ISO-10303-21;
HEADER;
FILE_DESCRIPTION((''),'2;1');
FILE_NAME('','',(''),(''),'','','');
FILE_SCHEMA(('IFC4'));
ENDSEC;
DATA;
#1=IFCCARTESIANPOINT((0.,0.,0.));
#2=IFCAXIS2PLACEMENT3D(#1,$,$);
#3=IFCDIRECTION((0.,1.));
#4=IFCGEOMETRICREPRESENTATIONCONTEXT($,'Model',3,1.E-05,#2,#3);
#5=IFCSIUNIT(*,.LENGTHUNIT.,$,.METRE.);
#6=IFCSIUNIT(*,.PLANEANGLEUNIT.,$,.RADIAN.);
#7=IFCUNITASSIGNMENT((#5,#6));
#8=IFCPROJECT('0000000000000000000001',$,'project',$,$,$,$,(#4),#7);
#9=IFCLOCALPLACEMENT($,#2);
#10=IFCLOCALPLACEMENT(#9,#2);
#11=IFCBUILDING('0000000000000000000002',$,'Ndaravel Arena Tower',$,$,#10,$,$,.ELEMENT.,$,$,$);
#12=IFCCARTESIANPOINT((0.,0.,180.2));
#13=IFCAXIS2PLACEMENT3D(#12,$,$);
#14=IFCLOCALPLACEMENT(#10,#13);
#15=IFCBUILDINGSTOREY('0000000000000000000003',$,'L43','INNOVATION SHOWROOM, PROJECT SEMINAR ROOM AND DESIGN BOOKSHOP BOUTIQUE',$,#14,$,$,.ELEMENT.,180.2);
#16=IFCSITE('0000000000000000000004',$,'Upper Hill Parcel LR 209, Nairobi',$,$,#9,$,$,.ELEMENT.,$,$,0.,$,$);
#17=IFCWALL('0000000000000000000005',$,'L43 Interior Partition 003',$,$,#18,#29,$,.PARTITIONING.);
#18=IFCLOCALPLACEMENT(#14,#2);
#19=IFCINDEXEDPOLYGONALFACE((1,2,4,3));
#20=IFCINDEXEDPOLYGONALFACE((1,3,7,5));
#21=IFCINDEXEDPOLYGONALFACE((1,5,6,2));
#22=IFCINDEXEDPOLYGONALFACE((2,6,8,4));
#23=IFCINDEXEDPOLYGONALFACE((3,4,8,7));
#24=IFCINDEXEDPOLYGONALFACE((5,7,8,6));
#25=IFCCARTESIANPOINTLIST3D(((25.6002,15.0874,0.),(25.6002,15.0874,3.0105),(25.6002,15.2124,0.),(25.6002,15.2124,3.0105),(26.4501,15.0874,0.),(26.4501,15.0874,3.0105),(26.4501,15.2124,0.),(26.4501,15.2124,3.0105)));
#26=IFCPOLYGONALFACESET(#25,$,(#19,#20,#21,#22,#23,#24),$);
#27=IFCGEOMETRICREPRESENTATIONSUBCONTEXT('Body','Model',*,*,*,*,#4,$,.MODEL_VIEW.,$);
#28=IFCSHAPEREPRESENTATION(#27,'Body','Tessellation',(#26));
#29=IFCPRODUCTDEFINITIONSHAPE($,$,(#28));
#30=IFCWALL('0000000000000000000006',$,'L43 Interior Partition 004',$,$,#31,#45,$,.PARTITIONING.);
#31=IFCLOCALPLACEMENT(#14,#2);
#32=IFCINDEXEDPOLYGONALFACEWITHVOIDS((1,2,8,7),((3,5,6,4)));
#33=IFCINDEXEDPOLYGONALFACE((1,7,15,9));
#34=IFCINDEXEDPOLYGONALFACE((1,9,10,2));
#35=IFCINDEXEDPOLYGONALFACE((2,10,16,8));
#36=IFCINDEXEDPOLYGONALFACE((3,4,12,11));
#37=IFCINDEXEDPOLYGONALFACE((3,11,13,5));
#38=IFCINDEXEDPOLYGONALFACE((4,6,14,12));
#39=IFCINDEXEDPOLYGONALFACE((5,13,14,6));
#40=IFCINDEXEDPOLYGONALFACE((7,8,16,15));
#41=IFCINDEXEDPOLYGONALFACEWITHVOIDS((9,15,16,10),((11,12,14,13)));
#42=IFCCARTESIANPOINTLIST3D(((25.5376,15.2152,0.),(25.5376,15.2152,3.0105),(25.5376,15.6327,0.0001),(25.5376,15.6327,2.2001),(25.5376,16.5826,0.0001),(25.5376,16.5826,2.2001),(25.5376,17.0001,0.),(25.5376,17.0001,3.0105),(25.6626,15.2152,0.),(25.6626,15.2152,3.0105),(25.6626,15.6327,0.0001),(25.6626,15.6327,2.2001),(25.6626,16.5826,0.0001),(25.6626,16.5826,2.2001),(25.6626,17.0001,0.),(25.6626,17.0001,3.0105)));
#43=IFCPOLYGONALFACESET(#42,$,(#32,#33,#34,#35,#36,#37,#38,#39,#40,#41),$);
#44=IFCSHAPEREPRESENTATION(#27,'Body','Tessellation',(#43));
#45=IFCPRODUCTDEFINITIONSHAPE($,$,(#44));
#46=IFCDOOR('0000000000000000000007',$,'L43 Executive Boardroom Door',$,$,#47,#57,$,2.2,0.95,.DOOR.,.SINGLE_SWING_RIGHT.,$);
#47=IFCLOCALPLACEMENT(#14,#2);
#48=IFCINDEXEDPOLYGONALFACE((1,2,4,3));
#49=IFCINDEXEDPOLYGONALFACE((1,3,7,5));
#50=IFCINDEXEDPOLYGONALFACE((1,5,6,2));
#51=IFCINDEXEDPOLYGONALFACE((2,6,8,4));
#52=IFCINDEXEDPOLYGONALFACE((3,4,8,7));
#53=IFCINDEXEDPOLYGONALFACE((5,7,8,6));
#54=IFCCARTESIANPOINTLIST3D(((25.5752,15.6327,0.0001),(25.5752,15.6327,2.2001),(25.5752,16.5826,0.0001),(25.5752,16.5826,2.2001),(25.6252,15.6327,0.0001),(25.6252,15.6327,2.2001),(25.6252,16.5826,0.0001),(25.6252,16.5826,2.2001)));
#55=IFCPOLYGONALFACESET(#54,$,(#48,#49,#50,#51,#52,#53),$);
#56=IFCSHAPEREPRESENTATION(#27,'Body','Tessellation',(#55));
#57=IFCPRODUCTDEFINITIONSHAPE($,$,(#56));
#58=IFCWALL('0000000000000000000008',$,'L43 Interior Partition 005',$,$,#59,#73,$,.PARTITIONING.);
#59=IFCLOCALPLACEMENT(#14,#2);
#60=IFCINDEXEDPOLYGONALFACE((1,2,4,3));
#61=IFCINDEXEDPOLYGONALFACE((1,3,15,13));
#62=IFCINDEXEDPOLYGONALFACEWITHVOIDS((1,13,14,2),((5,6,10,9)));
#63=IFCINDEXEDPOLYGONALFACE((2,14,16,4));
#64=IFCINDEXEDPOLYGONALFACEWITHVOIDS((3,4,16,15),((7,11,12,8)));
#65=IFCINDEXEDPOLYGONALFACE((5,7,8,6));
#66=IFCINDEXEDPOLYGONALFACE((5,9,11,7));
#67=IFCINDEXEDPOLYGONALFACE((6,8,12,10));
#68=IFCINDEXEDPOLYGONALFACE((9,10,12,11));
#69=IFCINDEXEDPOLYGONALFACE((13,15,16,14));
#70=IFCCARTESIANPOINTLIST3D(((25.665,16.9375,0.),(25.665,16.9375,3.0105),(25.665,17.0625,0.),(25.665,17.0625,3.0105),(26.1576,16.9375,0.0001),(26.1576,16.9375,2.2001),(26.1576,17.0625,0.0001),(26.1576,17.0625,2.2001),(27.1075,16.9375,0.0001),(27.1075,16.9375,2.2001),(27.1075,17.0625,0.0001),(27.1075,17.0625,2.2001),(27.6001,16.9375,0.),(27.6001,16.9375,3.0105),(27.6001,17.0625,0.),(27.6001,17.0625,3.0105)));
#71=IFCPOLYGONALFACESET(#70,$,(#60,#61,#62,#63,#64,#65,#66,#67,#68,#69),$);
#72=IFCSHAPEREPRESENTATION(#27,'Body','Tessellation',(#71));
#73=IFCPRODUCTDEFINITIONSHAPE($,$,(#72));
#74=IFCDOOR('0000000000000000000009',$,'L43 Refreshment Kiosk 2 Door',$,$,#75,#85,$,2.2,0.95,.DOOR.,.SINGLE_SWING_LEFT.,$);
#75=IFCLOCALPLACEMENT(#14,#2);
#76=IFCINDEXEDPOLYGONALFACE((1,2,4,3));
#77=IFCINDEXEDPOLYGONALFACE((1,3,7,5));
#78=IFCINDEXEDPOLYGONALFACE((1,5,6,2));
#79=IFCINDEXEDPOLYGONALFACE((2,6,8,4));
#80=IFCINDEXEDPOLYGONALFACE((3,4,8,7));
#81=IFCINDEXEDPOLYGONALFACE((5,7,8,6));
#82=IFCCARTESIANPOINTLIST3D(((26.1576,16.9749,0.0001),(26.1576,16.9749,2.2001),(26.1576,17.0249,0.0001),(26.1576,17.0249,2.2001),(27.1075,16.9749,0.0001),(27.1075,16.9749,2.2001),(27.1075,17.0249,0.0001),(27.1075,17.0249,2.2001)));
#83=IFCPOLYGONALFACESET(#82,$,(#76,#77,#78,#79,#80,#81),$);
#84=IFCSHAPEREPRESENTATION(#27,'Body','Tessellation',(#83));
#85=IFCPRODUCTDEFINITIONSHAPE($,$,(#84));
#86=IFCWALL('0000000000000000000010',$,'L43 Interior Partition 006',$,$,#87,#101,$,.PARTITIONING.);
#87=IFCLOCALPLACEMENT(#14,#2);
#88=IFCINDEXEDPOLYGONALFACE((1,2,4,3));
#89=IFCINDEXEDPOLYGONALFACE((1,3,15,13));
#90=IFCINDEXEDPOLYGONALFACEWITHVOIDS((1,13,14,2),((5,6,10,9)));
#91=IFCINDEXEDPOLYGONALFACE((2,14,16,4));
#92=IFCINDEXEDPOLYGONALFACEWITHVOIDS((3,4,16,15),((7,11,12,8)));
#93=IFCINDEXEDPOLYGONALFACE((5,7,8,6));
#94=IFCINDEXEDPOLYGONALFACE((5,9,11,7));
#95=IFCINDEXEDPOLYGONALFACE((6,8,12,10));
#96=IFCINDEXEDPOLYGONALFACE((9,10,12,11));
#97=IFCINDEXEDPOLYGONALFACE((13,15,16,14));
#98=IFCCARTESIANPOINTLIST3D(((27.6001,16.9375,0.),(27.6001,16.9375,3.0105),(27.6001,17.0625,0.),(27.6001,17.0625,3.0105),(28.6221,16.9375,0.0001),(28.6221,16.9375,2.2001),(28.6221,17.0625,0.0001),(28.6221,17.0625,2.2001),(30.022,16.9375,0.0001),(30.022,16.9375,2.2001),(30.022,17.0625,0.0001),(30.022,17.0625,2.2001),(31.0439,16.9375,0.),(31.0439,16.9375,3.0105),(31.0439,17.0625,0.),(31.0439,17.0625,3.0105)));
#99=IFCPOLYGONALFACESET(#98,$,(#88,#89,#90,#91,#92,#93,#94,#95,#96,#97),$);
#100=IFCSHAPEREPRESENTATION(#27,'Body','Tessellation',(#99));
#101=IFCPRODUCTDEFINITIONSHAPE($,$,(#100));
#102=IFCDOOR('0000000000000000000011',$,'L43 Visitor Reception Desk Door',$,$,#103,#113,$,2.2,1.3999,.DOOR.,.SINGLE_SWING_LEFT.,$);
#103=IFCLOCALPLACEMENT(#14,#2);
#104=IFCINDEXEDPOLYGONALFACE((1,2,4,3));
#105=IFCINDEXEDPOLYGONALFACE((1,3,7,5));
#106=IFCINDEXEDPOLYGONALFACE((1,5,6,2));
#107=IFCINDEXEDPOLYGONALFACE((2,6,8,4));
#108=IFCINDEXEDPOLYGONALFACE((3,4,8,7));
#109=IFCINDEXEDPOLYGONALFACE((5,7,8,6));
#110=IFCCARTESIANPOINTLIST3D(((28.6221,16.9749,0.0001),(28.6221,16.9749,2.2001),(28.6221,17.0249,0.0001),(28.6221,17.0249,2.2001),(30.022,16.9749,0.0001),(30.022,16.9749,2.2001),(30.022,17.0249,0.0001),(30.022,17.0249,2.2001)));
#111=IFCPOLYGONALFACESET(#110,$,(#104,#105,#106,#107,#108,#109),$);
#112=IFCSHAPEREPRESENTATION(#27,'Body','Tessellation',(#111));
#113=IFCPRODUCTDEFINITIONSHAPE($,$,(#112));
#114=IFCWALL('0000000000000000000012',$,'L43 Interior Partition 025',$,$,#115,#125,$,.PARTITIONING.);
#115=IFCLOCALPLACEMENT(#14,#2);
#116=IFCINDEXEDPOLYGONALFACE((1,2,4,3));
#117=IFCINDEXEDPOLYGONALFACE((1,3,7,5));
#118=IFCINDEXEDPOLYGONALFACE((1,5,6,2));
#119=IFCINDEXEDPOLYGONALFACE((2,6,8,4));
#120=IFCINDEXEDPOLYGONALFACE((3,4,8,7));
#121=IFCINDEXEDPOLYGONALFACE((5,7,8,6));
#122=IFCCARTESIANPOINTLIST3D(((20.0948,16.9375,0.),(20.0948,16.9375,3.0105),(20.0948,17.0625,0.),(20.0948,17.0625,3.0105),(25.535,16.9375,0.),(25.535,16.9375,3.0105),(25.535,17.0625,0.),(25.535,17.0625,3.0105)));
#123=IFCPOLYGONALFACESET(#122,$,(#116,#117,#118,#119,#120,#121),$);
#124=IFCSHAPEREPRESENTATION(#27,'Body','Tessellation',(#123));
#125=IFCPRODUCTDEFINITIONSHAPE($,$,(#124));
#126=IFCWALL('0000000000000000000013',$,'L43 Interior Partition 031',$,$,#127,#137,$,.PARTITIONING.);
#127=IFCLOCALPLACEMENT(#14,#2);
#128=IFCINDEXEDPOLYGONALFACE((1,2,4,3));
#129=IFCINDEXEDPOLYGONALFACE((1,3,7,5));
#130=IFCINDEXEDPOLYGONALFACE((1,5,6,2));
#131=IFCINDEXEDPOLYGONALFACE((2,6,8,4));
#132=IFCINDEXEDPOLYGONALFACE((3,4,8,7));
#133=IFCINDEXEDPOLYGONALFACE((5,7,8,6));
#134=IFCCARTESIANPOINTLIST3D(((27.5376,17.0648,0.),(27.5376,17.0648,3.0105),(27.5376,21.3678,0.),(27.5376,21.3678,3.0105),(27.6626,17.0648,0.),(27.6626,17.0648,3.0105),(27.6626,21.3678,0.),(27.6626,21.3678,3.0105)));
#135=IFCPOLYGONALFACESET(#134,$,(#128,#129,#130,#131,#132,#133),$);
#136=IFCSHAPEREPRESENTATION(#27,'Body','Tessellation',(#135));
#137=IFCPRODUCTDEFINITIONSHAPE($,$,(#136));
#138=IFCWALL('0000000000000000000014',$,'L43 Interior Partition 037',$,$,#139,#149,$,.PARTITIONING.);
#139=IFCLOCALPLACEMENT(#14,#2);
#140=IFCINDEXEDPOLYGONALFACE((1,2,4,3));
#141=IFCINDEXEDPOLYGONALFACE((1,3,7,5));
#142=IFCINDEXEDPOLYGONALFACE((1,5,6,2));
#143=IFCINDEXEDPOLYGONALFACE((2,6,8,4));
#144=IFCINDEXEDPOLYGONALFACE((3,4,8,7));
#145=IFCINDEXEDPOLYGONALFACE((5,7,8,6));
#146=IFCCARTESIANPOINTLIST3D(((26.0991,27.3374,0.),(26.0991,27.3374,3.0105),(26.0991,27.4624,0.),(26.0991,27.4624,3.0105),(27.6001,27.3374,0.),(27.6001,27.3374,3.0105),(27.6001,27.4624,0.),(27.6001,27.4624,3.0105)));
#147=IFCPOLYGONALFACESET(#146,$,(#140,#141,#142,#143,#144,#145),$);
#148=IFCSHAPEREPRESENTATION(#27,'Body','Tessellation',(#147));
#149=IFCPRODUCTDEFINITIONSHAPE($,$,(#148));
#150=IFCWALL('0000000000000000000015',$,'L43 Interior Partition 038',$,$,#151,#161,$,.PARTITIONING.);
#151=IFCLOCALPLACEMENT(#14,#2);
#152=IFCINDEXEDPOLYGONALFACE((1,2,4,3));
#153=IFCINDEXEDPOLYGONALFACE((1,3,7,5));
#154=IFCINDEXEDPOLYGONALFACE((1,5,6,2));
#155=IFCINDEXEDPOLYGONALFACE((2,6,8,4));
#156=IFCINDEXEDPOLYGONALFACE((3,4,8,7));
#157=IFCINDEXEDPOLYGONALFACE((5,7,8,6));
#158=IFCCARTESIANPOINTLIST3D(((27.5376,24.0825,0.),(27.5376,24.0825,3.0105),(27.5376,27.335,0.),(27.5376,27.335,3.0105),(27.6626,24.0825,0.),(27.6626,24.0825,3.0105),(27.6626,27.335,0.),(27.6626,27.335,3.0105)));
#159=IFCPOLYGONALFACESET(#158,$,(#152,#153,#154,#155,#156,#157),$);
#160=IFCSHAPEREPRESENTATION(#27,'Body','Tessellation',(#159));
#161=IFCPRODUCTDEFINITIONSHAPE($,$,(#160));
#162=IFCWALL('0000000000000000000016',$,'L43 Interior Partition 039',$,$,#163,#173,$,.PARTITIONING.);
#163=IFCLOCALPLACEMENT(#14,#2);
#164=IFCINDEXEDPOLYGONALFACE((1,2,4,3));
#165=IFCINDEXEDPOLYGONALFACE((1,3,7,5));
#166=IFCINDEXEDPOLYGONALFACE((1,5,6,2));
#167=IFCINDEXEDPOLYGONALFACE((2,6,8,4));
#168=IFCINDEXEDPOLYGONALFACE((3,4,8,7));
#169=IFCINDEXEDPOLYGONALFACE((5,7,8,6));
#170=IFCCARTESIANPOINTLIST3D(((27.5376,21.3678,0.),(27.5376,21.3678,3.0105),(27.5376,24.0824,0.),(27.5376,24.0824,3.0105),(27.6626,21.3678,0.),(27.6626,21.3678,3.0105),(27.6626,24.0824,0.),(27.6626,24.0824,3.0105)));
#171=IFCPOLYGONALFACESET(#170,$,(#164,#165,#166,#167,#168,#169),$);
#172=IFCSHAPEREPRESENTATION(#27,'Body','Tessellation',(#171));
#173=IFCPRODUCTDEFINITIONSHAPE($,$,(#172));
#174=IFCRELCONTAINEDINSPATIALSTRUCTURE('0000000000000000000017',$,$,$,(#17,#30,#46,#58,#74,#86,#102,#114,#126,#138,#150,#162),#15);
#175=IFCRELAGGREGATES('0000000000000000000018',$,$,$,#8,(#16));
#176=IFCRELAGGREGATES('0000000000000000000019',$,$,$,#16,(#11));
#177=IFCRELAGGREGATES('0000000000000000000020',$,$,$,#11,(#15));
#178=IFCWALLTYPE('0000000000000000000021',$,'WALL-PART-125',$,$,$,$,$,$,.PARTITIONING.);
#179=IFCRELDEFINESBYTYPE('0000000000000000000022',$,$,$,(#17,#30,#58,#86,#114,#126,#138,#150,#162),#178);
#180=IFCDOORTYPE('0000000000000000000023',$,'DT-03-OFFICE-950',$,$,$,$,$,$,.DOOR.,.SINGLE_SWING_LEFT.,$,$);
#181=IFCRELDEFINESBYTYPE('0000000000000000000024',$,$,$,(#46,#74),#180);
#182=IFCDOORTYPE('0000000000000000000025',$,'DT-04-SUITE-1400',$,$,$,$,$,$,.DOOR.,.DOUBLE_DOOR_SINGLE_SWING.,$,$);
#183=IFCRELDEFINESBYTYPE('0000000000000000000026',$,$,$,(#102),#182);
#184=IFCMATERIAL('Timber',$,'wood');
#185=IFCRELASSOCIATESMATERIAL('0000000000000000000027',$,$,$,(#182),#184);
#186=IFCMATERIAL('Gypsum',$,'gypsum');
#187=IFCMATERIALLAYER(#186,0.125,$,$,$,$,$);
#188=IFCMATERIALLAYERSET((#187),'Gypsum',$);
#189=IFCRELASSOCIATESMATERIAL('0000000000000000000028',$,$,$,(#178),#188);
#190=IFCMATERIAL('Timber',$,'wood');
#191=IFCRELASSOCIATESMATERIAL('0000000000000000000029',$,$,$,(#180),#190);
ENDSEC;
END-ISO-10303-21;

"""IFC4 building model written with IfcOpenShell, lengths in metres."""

from ifc_helpers import new_model, si_unit, direction, frame, frame_2d, origin, place, context, subcontext, project, spatial, rectangle, extrude, material, layer, layer_set, type_object, element, fill, save


model = new_model("IFC4")

# Units and contexts
model_context = context("Model", 3, precision=1e-05, world=origin(), true_north=direction((0.0, 1.0)))
body_context = subcontext(model_context, "Body", "Model", "MODEL_VIEW")
ifc_project = project(units=[si_unit("LENGTHUNIT", "METRE"), si_unit("PLANEANGLEUNIT", "RADIAN")], contexts=[model_context])

# Site, building, storey
site_placement = place(None, origin())
site = spatial("IfcSite", under=ifc_project, at=site_placement, Name="Upper Hill Parcel LR 209, Nairobi", CompositionType="ELEMENT", RefElevation=0.0)
building_placement = place(site_placement, origin())
building = spatial("IfcBuilding", under=site, at=building_placement, Name="Ndaravel Arena Tower", CompositionType="ELEMENT")
storey_placement = place(building_placement, frame((0.0, 0.0, 180.2)))
storey = spatial("IfcBuildingStorey", under=building, at=storey_placement, Name="L43", Description="INNOVATION SHOWROOM, PROJECT SEMINAR ROOM AND DESIGN BOOKSHOP BOUTIQUE", CompositionType="ELEMENT", Elevation=180.2)

# Shared definitions
ifc_material_1 = material(Name="Timber", Category="wood")
door_type_1 = type_object("IfcDoorType", Name="DT-04-SUITE-1400", OperationType="DOUBLE_DOOR_SINGLE_SWING", PredefinedType="DOOR", material=ifc_material_1)

# Wall
ifc_material_2 = material(Name="Gypsum", Category="gypsum")
ifc_layer_1 = layer(ifc_material_2, 0.125)
ifc_layer_set_1 = layer_set([ifc_layer_1], Name="Gypsum")
wall_type_1 = type_object("IfcWallType", Name="WALL-PART-125", PredefinedType="PARTITIONING", material=ifc_layer_set_1)
wall_1_placement = place(storey_placement, frame((26.45, 15.1499, 0.0), z_axis=(0.0, 0.0, 1.0), x_axis=(-1.0, 0.0, 0.0)))
element("IfcWall", 1, at=wall_1_placement, inside=storey, type_object=wall_type_1, Name="L43 Interior Partition 003", PredefinedType="PARTITIONING", context=body_context, shape_type="SweptSolid", body=[
    extrude(rectangle(XDim=0.8499, YDim=0.125, at=frame_2d((0.4248, 0.0))), origin(), (0.0, 0.0, 1.0), 3.0105),
])

# Walls, openings, doors
wall_2_placement = place(storey_placement, frame((25.6001, 15.2151, 0.0), z_axis=(0.0, 0.0, 1.0), x_axis=(0.0, 1.0, 0.0)))
wall_2 = element("IfcWall", 2, at=wall_2_placement, inside=storey, type_object=wall_type_1, Name="L43 Interior Partition 004", PredefinedType="PARTITIONING", context=body_context, shape_type="SweptSolid", body=[
    extrude(rectangle(XDim=1.7849, YDim=0.125, at=frame_2d((0.8926, 0.0))), origin(), (0.0, 0.0, 1.0), 3.0105),
])
opening_1_placement = place(wall_2_placement, frame((0.4175, 0.0, 0.0)))
opening_1 = element("IfcOpeningElement", 3, at=opening_1_placement, cuts=wall_2, PredefinedType="OPENING", context=body_context, shape_type="SweptSolid", body=[
    extrude(rectangle(XDim=0.95, YDim=2.2, at=frame_2d((0.4751, 1.1001))), frame((0.0, 0.0625, 0.0), z_axis=(0.0, -1.0, 0.0), x_axis=(1.0, 0.0, 0.0)), (0.0, 0.0, 1.0), 0.125),
])
ifc_material_3 = material(Name="Timber", Category="wood")
door_type_2 = type_object("IfcDoorType", Name="DT-03-OFFICE-950", OperationType="SINGLE_SWING_LEFT", PredefinedType="DOOR", material=ifc_material_3)
door_1_placement = place(opening_1_placement, origin())
door_1 = element("IfcDoor", 4, at=door_1_placement, inside=storey, type_object=door_type_2, Name="L43 Executive Boardroom Door", OperationType="SINGLE_SWING_RIGHT", OverallHeight=2.2, OverallWidth=0.95, PredefinedType="DOOR", context=body_context, shape_type="SweptSolid", body=[
    extrude(rectangle(XDim=0.95, YDim=2.2, at=frame_2d((0.4751, 1.1001))), frame((0.0, 0.0249, 0.0), z_axis=(0.0, -1.0, 0.0), x_axis=(1.0, 0.0, 0.0)), (0.0, 0.0, 1.0), 0.05),
])
fill(opening_1, door_1)
wall_3_placement = place(storey_placement, frame((25.665, 17.0, 0.0), z_axis=(0.0, 0.0, 1.0), x_axis=(1.0, 0.0, 0.0)))
wall_3 = element("IfcWall", 5, at=wall_3_placement, inside=storey, type_object=wall_type_1, Name="L43 Interior Partition 005", PredefinedType="PARTITIONING", context=body_context, shape_type="SweptSolid", body=[
    extrude(rectangle(XDim=1.9351, YDim=0.125, at=frame_2d((0.9675, 0.0))), origin(), (0.0, 0.0, 1.0), 3.0105),
])
opening_2_placement = place(wall_3_placement, frame((0.4924, 0.0, 0.0)))
opening_2 = element("IfcOpeningElement", 6, at=opening_2_placement, cuts=wall_3, PredefinedType="OPENING", context=body_context, shape_type="SweptSolid", body=[
    extrude(rectangle(XDim=0.95, YDim=2.2, at=frame_2d((0.4751, 1.1001))), frame((0.0, 0.0625, 0.0), z_axis=(0.0, -1.0, 0.0), x_axis=(1.0, 0.0, 0.0)), (0.0, 0.0, 1.0), 0.125),
])
door_2_placement = place(opening_2_placement, origin())
door_2 = element("IfcDoor", 7, at=door_2_placement, inside=storey, type_object=door_type_2, Name="L43 Refreshment Kiosk 2 Door", OperationType="SINGLE_SWING_LEFT", OverallHeight=2.2, OverallWidth=0.95, PredefinedType="DOOR", context=body_context, shape_type="SweptSolid", body=[
    extrude(rectangle(XDim=0.95, YDim=2.2, at=frame_2d((0.4751, 1.1001))), frame((0.0, 0.0249, 0.0), z_axis=(0.0, -1.0, 0.0), x_axis=(1.0, 0.0, 0.0)), (0.0, 0.0, 1.0), 0.05),
])
fill(opening_2, door_2)
wall_4_placement = place(storey_placement, frame((27.6001, 17.0, 0.0), z_axis=(0.0, 0.0, 1.0), x_axis=(1.0, 0.0, 0.0)))
wall_4 = element("IfcWall", 8, at=wall_4_placement, inside=storey, type_object=wall_type_1, Name="L43 Interior Partition 006", PredefinedType="PARTITIONING", context=body_context, shape_type="SweptSolid", body=[
    extrude(rectangle(XDim=3.4438, YDim=0.125, at=frame_2d((1.7219, 0.0))), origin(), (0.0, 0.0, 1.0), 3.0105),
])
opening_3_placement = place(wall_4_placement, frame((1.022, 0.0, 0.0)))
opening_3 = element("IfcOpeningElement", 9, at=opening_3_placement, cuts=wall_4, PredefinedType="OPENING", context=body_context, shape_type="SweptSolid", body=[
    extrude(rectangle(XDim=1.3999, YDim=2.2, at=frame_2d((0.7, 1.1001))), frame((0.0, 0.0625, 0.0), z_axis=(0.0, -1.0, 0.0), x_axis=(1.0, 0.0, 0.0)), (0.0, 0.0, 1.0), 0.125),
])
door_3_placement = place(opening_3_placement, origin())
door_3 = element("IfcDoor", 10, at=door_3_placement, inside=storey, type_object=door_type_1, Name="L43 Visitor Reception Desk Door", OperationType="SINGLE_SWING_LEFT", OverallHeight=2.2, OverallWidth=1.3999, PredefinedType="DOOR", context=body_context, shape_type="SweptSolid", body=[
    extrude(rectangle(XDim=1.3999, YDim=2.2, at=frame_2d((0.7, 1.1001))), frame((0.0, 0.0249, 0.0), z_axis=(0.0, -1.0, 0.0), x_axis=(1.0, 0.0, 0.0)), (0.0, 0.0, 1.0), 0.05),
])
fill(opening_3, door_3)

# Walls
wall_5_placement = place(storey_placement, frame((20.0947, 17.0, 0.0), z_axis=(0.0, 0.0, 1.0), x_axis=(1.0, 0.0, 0.0)))
element("IfcWall", 11, at=wall_5_placement, inside=storey, type_object=wall_type_1, Name="L43 Interior Partition 025", PredefinedType="PARTITIONING", context=body_context, shape_type="SweptSolid", body=[
    extrude(rectangle(XDim=5.4402, YDim=0.125, at=frame_2d((2.7202, 0.0))), origin(), (0.0, 0.0, 1.0), 3.0105),
])
wall_6_placement = place(storey_placement, frame((27.6001, 17.0649, 0.0), z_axis=(0.0, 0.0, 1.0), x_axis=(0.0, 1.0, 0.0)))
element("IfcWall", 12, at=wall_6_placement, inside=storey, type_object=wall_type_1, Name="L43 Interior Partition 031", PredefinedType="PARTITIONING", context=body_context, shape_type="SweptSolid", body=[
    extrude(rectangle(XDim=4.303, YDim=0.125, at=frame_2d((2.1514, 0.0))), origin(), (0.0, 0.0, 1.0), 3.0105),
])
wall_7_placement = place(storey_placement, frame((26.0991, 27.3999, 0.0), z_axis=(0.0, 0.0, 1.0), x_axis=(1.0, 0.0, 0.0)))
element("IfcWall", 13, at=wall_7_placement, inside=storey, type_object=wall_type_1, Name="L43 Interior Partition 037", PredefinedType="PARTITIONING", context=body_context, shape_type="SweptSolid", body=[
    extrude(rectangle(XDim=1.501, YDim=0.125, at=frame_2d((0.7505, 0.0))), origin(), (0.0, 0.0, 1.0), 3.0105),
])
wall_8_placement = place(storey_placement, frame((27.6001, 27.335, 0.0), z_axis=(0.0, 0.0, 1.0), x_axis=(0.0, -1.0, 0.0)))
element("IfcWall", 14, at=wall_8_placement, inside=storey, type_object=wall_type_1, Name="L43 Interior Partition 038", PredefinedType="PARTITIONING", context=body_context, shape_type="SweptSolid", body=[
    extrude(rectangle(XDim=3.2524, YDim=0.125, at=frame_2d((1.6262, 0.0))), origin(), (0.0, 0.0, 1.0), 3.0105),
])
wall_9_placement = place(storey_placement, frame((27.6001, 24.0825, 0.0), z_axis=(0.0, 0.0, 1.0), x_axis=(0.0, -1.0, 0.0)))
element("IfcWall", 15, at=wall_9_placement, inside=storey, type_object=wall_type_1, Name="L43 Interior Partition 039", PredefinedType="PARTITIONING", context=body_context, shape_type="SweptSolid", body=[
    extrude(rectangle(XDim=2.7146, YDim=0.125, at=frame_2d((1.3574, 0.0))), origin(), (0.0, 0.0, 1.0), 3.0105),
])

save(model, "model.ifc")
